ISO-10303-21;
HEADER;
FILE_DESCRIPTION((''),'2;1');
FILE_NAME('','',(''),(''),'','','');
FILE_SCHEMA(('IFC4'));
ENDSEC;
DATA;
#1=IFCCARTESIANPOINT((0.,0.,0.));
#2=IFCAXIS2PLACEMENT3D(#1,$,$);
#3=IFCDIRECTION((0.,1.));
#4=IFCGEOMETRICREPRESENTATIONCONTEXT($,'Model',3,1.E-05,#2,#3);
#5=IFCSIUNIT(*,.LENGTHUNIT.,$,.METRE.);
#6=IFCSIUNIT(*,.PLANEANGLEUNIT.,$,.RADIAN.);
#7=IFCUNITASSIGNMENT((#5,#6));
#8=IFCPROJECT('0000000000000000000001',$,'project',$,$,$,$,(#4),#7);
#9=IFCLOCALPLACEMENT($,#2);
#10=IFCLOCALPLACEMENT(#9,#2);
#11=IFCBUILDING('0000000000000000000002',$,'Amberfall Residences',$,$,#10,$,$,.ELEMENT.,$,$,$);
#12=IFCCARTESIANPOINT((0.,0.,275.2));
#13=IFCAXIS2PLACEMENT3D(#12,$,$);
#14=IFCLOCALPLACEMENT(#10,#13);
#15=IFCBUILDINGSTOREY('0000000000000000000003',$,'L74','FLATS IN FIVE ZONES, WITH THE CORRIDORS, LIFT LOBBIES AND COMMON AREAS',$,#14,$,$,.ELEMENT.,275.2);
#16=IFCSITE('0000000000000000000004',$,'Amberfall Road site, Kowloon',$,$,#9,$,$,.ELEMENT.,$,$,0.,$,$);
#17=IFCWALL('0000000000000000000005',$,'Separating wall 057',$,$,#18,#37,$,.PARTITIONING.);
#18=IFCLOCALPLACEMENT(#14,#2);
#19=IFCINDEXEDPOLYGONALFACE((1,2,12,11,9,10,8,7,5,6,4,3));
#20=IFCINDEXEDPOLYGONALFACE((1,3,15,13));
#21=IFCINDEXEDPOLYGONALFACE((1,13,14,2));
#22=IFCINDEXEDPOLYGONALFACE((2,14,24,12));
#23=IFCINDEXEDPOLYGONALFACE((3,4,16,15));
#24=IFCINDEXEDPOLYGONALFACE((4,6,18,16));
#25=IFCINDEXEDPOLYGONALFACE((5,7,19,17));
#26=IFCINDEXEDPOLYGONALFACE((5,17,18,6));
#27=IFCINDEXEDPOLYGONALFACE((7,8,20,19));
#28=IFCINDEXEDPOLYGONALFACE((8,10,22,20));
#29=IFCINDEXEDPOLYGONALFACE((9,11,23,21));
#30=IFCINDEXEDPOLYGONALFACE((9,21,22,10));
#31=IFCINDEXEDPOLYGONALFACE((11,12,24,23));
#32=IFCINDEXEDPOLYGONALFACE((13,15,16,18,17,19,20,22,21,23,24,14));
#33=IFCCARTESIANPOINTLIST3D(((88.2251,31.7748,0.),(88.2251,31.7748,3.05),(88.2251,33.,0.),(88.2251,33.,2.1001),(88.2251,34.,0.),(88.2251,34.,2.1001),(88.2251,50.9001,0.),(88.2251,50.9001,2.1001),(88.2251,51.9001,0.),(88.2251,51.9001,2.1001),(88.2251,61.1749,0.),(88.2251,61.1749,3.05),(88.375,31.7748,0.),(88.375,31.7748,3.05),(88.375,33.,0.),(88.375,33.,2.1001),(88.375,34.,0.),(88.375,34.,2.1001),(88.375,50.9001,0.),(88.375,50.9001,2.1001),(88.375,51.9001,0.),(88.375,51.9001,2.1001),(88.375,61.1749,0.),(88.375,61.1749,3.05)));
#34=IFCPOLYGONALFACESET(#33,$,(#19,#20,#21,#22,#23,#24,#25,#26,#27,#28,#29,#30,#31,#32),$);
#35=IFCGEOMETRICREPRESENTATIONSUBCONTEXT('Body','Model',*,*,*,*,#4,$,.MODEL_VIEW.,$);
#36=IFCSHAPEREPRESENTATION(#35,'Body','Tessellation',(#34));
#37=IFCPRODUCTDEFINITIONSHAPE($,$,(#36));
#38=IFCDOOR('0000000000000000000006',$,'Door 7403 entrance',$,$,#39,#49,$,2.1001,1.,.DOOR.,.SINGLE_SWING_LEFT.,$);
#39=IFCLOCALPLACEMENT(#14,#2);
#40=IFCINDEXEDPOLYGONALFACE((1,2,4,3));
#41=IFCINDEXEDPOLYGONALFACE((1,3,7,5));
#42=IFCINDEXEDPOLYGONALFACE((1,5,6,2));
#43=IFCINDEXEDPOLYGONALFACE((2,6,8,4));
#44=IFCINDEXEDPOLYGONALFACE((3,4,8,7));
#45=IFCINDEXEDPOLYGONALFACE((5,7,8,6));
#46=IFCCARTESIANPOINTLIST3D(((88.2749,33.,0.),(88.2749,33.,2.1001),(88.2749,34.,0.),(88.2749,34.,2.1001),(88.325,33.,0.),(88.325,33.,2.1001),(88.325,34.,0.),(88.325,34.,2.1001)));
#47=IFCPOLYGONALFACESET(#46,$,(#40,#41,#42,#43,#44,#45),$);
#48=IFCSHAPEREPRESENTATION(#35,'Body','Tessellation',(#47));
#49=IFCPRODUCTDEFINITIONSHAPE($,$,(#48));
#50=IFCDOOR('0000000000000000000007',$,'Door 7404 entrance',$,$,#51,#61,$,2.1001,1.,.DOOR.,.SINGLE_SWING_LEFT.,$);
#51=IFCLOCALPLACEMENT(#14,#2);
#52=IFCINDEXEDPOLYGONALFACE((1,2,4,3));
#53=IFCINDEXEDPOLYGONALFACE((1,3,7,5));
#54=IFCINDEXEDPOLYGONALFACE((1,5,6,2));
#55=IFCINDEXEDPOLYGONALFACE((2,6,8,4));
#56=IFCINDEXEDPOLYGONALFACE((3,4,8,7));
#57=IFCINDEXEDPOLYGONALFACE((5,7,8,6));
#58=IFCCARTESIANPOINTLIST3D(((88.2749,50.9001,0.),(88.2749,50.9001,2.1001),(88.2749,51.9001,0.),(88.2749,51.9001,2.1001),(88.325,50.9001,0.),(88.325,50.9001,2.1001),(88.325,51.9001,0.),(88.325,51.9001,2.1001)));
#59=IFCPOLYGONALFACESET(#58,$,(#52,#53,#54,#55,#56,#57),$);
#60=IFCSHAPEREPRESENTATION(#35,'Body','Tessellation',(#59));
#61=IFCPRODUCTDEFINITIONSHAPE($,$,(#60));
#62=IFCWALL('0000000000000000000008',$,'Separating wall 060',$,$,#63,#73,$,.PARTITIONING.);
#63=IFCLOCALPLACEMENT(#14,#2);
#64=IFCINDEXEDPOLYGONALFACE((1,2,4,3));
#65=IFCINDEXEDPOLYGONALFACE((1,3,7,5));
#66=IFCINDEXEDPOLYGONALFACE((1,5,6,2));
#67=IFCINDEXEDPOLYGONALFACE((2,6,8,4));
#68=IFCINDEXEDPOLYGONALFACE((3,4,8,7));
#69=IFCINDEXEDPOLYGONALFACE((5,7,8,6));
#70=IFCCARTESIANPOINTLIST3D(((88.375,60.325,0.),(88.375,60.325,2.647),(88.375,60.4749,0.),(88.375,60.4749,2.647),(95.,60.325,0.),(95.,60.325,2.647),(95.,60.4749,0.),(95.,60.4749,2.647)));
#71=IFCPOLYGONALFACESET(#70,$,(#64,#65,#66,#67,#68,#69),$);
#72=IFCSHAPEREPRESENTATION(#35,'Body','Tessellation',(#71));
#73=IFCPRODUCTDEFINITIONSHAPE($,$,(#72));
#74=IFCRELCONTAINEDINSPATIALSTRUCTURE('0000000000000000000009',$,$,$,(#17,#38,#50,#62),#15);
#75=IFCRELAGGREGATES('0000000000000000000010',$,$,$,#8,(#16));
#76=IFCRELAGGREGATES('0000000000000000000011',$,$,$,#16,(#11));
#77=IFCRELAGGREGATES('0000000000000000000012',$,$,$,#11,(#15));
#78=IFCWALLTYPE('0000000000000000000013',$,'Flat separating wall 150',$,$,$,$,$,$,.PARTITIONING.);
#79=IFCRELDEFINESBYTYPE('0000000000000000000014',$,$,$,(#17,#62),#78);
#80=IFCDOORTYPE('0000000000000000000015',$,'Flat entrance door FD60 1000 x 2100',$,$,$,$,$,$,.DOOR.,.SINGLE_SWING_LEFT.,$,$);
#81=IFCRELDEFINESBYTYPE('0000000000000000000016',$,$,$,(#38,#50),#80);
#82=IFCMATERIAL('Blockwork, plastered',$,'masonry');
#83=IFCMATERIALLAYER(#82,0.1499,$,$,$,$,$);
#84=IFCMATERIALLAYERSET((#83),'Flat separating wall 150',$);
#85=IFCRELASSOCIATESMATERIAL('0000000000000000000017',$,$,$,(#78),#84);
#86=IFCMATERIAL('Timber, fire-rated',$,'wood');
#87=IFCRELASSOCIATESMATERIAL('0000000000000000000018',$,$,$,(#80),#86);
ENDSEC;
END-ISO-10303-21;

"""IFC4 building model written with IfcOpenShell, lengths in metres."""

from ifc_helpers import new_model, si_unit, direction, frame, frame_2d, origin, place, context, subcontext, project, spatial, rectangle, extrude, material, layer, layer_set, type_object, element, fill, save


model = new_model("IFC4")

# Units and contexts
model_context = context("Model", 3, precision=1e-05, world=origin(), true_north=direction((0.0, 1.0)))
body_context = subcontext(model_context, "Body", "Model", "MODEL_VIEW")
ifc_project = project(units=[si_unit("LENGTHUNIT", "METRE"), si_unit("PLANEANGLEUNIT", "RADIAN")], contexts=[model_context])

# Site, building, storey
site_placement = place(None, origin())
site = spatial("IfcSite", under=ifc_project, at=site_placement, Name="Amberfall Road site, Kowloon", CompositionType="ELEMENT", RefElevation=0.0)
building_placement = place(site_placement, origin())
building = spatial("IfcBuilding", under=site, at=building_placement, Name="Amberfall Residences", CompositionType="ELEMENT")
storey_placement = place(building_placement, frame((0.0, 0.0, 275.2)))
storey = spatial("IfcBuildingStorey", under=building, at=storey_placement, Name="L74", Description="FLATS IN FIVE ZONES, WITH THE CORRIDORS, LIFT LOBBIES AND COMMON AREAS", CompositionType="ELEMENT", Elevation=275.2)

# Wall, openings, doors
ifc_material_1 = material(Name="Blockwork, plastered", Category="masonry")
ifc_layer_1 = layer(ifc_material_1, 0.1499)
ifc_layer_set_1 = layer_set([ifc_layer_1], Name="Flat separating wall 150")
wall_type_1 = type_object("IfcWallType", Name="Flat separating wall 150", PredefinedType="PARTITIONING", material=ifc_layer_set_1)
wall_1_placement = place(storey_placement, frame((88.3, 61.175, 0.0), z_axis=(0.0, 0.0, 1.0), x_axis=(0.0, -1.0, 0.0)))
wall_1 = element("IfcWall", 1, at=wall_1_placement, inside=storey, type_object=wall_type_1, Name="Separating wall 057", PredefinedType="PARTITIONING", context=body_context, shape_type="SweptSolid", body=[
    extrude(rectangle(XDim=29.4001, YDim=0.1499, at=frame_2d((14.7002, 0.0))), origin(), (0.0, 0.0, 1.0), 3.05),
])
opening_1_placement = place(wall_1_placement, frame((27.175, 0.0, 0.0)))
opening_1 = element("IfcOpeningElement", 2, at=opening_1_placement, cuts=wall_1, PredefinedType="OPENING", context=body_context, shape_type="SweptSolid", body=[
    extrude(rectangle(XDim=1.0, YDim=2.1001, at=frame_2d((0.5, 1.05))), frame((0.0, 0.085, 0.0), z_axis=(0.0, -1.0, 0.0), x_axis=(1.0, 0.0, 0.0)), (0.0, 0.0, 1.0), 0.1699),
])
opening_2_placement = place(wall_1_placement, frame((9.2749, 0.0, 0.0)))
opening_2 = element("IfcOpeningElement", 3, at=opening_2_placement, cuts=wall_1, PredefinedType="OPENING", context=body_context, shape_type="SweptSolid", body=[
    extrude(rectangle(XDim=1.0, YDim=2.1001, at=frame_2d((0.5, 1.05))), frame((0.0, 0.085, 0.0), z_axis=(0.0, -1.0, 0.0), x_axis=(1.0, 0.0, 0.0)), (0.0, 0.0, 1.0), 0.1699),
])
ifc_material_2 = material(Name="Timber, fire-rated", Category="wood")
door_type = type_object("IfcDoorType", Name="Flat entrance door FD60 1000 x 2100", OperationType="SINGLE_SWING_LEFT", PredefinedType="DOOR", material=ifc_material_2)
door_1_placement = place(opening_1_placement, origin())
door_1 = element("IfcDoor", 4, at=door_1_placement, inside=storey, type_object=door_type, Name="Door 7403 entrance", OperationType="SINGLE_SWING_LEFT", OverallHeight=2.1001, OverallWidth=1.0, PredefinedType="DOOR", context=body_context, shape_type="SweptSolid", body=[
    extrude(rectangle(XDim=1.0, YDim=2.1001, at=frame_2d((0.5, 1.05))), frame((0.0, 0.0249, 0.0), z_axis=(0.0, -1.0, 0.0), x_axis=(1.0, 0.0, 0.0)), (0.0, 0.0, 1.0), 0.05),
])
fill(opening_1, door_1)
door_2_placement = place(opening_2_placement, origin())
door_2 = element("IfcDoor", 5, at=door_2_placement, inside=storey, type_object=door_type, Name="Door 7404 entrance", OperationType="SINGLE_SWING_LEFT", OverallHeight=2.1001, OverallWidth=1.0, PredefinedType="DOOR", context=body_context, shape_type="SweptSolid", body=[
    extrude(rectangle(XDim=1.0, YDim=2.1001, at=frame_2d((0.5, 1.05))), frame((0.0, 0.0249, 0.0), z_axis=(0.0, -1.0, 0.0), x_axis=(1.0, 0.0, 0.0)), (0.0, 0.0, 1.0), 0.05),
])
fill(opening_2, door_2)

# Wall
wall_2_placement = place(storey_placement, frame((88.375, 60.3999, 0.0), z_axis=(0.0, 0.0, 1.0), x_axis=(1.0, 0.0, 0.0)))
element("IfcWall", 6, at=wall_2_placement, inside=storey, type_object=wall_type_1, Name="Separating wall 060", PredefinedType="PARTITIONING", context=body_context, shape_type="SweptSolid", body=[
    extrude(rectangle(XDim=6.625, YDim=0.1499, at=frame_2d((3.3125, 0.0))), origin(), (0.0, 0.0, 1.0), 2.647),
])

save(model, "model.ifc")
